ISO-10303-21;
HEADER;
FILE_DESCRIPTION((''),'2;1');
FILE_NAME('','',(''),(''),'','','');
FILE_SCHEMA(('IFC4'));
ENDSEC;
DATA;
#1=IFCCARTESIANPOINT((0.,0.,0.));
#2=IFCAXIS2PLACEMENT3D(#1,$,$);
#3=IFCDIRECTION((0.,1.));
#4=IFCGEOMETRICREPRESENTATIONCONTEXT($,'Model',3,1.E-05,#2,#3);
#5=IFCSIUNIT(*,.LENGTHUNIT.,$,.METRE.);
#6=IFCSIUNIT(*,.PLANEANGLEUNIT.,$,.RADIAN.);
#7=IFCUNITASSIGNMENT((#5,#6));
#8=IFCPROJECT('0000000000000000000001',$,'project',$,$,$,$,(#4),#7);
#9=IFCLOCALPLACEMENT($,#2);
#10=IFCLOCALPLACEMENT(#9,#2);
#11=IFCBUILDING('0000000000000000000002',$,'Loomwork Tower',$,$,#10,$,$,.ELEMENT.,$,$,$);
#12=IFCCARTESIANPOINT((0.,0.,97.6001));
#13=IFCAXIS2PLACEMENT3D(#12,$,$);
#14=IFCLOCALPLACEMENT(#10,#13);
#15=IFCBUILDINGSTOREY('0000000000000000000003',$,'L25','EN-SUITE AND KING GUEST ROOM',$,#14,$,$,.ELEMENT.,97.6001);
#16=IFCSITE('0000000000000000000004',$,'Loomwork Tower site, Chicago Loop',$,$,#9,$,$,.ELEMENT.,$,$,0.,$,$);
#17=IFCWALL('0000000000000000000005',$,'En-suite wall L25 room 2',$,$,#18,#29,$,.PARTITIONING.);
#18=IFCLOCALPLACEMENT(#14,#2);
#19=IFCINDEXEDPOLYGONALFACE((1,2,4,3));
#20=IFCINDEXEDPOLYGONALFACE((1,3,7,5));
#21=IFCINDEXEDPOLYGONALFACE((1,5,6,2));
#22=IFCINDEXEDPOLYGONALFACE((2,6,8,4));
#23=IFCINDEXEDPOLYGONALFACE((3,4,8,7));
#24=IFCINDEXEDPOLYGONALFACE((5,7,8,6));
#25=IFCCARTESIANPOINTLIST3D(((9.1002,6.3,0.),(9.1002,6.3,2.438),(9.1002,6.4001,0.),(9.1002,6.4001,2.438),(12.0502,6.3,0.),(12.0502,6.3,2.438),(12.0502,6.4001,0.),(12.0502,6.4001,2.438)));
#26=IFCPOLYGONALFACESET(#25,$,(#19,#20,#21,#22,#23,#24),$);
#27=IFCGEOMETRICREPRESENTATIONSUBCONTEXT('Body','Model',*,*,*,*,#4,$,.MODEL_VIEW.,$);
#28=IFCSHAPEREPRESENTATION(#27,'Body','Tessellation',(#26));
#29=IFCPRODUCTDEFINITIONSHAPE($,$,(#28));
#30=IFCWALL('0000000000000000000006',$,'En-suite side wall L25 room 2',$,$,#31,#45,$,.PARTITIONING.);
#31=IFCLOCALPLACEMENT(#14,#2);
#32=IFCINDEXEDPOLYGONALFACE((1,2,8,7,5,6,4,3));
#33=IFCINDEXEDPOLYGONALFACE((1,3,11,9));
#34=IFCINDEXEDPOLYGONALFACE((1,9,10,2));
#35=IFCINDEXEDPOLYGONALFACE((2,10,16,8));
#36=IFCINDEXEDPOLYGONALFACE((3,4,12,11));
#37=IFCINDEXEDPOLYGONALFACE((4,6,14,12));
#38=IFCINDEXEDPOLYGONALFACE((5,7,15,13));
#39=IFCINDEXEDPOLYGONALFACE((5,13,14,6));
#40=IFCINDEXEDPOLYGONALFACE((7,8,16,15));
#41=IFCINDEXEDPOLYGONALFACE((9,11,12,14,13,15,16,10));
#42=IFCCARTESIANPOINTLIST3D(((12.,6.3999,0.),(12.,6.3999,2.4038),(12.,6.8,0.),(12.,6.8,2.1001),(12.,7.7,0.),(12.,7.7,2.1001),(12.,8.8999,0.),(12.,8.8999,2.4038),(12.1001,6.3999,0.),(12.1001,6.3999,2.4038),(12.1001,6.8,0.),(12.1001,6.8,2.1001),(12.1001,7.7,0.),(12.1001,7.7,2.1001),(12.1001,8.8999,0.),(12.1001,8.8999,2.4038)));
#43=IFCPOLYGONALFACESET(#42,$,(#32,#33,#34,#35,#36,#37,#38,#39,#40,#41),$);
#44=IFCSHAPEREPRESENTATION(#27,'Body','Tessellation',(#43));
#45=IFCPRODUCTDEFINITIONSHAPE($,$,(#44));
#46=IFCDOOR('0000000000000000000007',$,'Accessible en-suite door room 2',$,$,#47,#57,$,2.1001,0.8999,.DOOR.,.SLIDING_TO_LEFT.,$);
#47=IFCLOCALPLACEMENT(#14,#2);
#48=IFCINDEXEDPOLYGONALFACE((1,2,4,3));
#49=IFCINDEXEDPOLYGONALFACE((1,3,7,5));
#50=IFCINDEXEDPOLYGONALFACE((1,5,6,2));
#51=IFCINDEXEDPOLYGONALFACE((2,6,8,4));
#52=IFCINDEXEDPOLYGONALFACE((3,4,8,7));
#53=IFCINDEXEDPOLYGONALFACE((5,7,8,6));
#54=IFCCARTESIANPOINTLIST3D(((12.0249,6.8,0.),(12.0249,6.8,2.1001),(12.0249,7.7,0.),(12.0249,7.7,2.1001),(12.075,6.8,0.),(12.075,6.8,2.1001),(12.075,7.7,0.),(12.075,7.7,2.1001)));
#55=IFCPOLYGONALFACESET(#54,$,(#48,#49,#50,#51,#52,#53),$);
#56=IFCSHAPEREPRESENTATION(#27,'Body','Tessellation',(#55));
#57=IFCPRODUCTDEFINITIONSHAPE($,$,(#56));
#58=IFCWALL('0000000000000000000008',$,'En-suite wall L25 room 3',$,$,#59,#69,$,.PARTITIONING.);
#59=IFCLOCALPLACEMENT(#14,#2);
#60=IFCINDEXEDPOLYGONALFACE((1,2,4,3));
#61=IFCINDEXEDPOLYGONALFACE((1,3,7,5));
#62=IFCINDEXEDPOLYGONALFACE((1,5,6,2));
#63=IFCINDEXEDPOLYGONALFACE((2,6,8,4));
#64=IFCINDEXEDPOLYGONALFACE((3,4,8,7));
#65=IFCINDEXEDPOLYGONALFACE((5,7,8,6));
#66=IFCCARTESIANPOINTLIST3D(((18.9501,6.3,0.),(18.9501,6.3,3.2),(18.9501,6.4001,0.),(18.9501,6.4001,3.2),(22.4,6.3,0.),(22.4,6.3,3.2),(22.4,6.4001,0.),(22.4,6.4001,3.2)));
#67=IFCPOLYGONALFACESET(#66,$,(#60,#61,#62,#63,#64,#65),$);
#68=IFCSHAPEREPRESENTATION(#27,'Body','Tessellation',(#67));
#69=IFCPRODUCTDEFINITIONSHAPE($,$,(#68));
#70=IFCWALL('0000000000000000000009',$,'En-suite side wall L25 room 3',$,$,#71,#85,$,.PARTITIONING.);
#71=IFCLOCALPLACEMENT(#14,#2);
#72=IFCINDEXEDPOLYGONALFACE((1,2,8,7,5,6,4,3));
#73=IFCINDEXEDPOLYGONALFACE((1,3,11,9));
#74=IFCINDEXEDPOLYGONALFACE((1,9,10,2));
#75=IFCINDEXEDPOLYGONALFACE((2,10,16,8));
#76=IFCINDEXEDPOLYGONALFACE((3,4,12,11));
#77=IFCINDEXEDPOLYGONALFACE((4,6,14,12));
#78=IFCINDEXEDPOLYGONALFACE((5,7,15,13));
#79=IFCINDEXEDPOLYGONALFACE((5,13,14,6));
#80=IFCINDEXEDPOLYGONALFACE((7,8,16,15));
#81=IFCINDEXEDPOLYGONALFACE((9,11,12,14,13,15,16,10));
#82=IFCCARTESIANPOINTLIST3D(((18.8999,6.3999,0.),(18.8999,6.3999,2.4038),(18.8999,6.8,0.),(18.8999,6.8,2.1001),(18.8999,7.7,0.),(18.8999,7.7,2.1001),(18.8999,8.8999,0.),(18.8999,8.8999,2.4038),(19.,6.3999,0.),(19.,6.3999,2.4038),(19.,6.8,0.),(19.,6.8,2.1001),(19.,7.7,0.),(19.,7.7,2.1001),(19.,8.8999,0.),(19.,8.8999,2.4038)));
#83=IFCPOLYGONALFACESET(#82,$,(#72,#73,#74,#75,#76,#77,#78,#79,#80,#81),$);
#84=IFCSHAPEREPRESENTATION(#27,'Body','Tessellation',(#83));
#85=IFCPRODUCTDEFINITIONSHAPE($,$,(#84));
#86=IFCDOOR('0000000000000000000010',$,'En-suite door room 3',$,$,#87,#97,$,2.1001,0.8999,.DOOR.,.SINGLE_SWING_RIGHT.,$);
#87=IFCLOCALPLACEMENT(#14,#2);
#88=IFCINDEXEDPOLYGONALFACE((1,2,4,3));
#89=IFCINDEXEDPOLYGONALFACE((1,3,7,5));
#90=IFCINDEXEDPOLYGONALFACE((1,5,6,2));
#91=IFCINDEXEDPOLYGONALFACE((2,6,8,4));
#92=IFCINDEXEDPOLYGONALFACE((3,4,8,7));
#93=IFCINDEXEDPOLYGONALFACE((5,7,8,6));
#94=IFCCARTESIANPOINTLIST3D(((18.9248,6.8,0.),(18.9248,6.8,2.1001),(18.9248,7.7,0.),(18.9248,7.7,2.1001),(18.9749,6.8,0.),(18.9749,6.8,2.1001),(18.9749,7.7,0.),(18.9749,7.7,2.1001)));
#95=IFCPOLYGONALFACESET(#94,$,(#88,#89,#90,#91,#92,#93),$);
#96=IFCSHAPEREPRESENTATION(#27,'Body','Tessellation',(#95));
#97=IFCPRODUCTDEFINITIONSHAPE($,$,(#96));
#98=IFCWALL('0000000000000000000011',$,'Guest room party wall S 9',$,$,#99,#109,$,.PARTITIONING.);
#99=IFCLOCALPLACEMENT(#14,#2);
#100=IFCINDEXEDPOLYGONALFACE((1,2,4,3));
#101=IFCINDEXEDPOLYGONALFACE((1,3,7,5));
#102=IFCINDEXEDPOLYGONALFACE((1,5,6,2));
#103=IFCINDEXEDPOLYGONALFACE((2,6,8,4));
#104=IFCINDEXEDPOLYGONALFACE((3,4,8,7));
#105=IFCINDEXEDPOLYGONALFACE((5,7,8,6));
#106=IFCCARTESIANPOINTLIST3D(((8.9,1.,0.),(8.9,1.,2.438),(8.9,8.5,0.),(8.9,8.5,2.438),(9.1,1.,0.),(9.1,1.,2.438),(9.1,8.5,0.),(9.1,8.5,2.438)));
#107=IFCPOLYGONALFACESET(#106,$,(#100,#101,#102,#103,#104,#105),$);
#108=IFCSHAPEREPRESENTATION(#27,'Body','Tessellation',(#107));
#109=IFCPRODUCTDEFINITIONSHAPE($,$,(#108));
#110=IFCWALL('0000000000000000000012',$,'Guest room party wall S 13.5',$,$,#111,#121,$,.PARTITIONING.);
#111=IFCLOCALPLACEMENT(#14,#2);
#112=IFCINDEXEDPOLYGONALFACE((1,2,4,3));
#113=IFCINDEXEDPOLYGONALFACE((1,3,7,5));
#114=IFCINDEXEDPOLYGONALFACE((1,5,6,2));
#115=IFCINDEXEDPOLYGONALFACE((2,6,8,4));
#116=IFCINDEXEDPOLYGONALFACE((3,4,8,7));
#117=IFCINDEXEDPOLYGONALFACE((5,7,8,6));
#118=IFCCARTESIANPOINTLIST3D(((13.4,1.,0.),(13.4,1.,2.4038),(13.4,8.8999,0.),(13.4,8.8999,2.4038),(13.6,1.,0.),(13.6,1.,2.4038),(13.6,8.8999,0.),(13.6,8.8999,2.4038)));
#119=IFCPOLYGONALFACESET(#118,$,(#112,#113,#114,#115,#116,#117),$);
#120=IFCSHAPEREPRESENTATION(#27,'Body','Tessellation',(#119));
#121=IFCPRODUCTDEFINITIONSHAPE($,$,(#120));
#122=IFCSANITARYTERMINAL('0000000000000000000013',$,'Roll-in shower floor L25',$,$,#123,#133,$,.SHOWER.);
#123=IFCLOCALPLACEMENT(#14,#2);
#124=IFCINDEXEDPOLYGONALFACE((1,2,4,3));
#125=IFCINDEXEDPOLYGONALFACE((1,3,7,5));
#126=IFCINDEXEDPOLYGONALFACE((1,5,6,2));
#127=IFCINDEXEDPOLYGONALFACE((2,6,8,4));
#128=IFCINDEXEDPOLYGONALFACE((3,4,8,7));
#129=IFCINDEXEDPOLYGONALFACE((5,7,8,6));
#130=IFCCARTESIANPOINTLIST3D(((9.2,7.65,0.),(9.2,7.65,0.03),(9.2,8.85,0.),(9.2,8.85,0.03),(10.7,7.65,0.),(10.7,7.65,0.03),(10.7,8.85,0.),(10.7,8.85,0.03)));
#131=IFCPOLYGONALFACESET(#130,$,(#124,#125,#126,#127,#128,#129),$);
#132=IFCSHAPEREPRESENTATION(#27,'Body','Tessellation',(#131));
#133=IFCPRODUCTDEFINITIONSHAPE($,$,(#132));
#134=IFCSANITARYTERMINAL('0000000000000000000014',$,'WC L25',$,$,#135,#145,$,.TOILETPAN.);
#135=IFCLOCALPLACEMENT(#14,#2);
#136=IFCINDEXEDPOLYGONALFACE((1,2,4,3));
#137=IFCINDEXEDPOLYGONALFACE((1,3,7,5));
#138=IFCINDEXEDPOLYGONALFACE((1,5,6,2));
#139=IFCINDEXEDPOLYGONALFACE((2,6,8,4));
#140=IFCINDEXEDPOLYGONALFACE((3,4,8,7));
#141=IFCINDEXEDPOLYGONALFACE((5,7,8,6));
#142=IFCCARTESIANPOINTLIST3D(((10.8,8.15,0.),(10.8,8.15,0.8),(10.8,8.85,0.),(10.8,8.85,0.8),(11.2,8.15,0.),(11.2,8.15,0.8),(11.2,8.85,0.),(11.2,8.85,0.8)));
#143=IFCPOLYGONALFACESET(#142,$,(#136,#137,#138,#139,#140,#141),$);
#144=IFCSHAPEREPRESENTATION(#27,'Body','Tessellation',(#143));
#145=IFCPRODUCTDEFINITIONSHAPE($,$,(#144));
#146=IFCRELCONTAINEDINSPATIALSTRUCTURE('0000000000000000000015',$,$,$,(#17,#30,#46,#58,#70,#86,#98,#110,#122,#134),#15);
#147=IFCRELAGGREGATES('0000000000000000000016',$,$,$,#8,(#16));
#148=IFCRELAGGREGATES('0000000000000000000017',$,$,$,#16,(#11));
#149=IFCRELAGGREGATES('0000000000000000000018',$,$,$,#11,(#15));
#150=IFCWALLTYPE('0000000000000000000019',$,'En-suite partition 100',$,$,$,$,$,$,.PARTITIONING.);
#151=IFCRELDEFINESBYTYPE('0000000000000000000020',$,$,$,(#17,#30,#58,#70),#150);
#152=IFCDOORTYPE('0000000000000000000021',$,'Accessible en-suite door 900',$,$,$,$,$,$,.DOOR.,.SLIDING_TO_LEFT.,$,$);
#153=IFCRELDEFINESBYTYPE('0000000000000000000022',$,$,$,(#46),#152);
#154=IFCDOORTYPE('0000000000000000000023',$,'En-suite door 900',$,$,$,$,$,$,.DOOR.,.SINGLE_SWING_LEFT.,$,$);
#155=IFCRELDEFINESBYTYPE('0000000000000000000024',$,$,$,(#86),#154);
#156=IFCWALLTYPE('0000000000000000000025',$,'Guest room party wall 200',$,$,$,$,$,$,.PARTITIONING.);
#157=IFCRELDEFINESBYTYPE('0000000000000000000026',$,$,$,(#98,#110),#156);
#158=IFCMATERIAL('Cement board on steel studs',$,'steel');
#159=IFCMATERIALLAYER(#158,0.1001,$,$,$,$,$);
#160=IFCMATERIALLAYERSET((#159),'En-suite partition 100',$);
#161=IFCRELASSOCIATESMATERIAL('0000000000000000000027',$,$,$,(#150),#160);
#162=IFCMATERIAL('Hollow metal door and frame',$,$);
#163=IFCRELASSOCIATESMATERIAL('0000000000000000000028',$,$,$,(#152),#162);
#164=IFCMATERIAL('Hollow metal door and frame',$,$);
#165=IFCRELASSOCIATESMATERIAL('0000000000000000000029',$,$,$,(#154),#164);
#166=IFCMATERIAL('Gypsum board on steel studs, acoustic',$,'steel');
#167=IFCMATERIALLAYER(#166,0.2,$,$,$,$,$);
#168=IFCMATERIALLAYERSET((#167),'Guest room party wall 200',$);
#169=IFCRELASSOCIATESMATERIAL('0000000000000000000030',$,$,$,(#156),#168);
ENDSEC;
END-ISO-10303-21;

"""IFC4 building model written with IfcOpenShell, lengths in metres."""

from ifc_helpers import new_model, si_unit, direction, frame, frame_2d, origin, origin_2d, place, context, subcontext, project, spatial, rectangle, extrude, material, layer, layer_set, type_object, element, fill, save


model = new_model("IFC4")

# Units and contexts
model_context = context("Model", 3, precision=1e-05, world=origin(), true_north=direction((0.0, 1.0)))
body_context = subcontext(model_context, "Body", "Model", "MODEL_VIEW")
ifc_project = project(units=[si_unit("LENGTHUNIT", "METRE"), si_unit("PLANEANGLEUNIT", "RADIAN")], contexts=[model_context])

# Site, building, storey
site_placement = place(None, origin())
site = spatial("IfcSite", under=ifc_project, at=site_placement, Name="Loomwork Tower site, Chicago Loop", CompositionType="ELEMENT", RefElevation=0.0)
building_placement = place(site_placement, origin())
building = spatial("IfcBuilding", under=site, at=building_placement, Name="Loomwork Tower", CompositionType="ELEMENT")
storey_placement = place(building_placement, frame((0.0, 0.0, 97.6001)))
storey = spatial("IfcBuildingStorey", under=building, at=storey_placement, Name="L25", Description="EN-SUITE AND KING GUEST ROOM", CompositionType="ELEMENT", Elevation=97.6001)

# Wall
ifc_material_1 = material(Name="Cement board on steel studs", Category="steel")
ifc_layer_1 = layer(ifc_material_1, 0.1001)
ifc_layer_set_1 = layer_set([ifc_layer_1], Name="En-suite partition 100")
wall_type_1 = type_object("IfcWallType", Name="En-suite partition 100", PredefinedType="PARTITIONING", material=ifc_layer_set_1)
wall_1_placement = place(storey_placement, frame((9.1001, 6.3501, 0.0), z_axis=(0.0, 0.0, 1.0), x_axis=(1.0, 0.0, 0.0)))
element("IfcWall", 1, at=wall_1_placement, inside=storey, type_object=wall_type_1, Name="En-suite wall L25 room 2", PredefinedType="PARTITIONING", context=body_context, shape_type="SweptSolid", body=[
    extrude(rectangle(XDim=2.95, YDim=0.1001, at=frame_2d((1.4751, 0.0))), origin(), (0.0, 0.0, 1.0), 2.438),
])

# Wall, opening, door
wall_2_placement = place(storey_placement, frame((12.05, 8.8999, 0.0), z_axis=(0.0, 0.0, 1.0), x_axis=(0.0, -1.0, 0.0)))
wall_2 = element("IfcWall", 2, at=wall_2_placement, inside=storey, type_object=wall_type_1, Name="En-suite side wall L25 room 2", PredefinedType="PARTITIONING", context=body_context, shape_type="SweptSolid", body=[
    extrude(rectangle(XDim=2.5, YDim=0.1001, at=frame_2d((1.25, 0.0))), origin(), (0.0, 0.0, 1.0), 2.4038),
])
opening_1_placement = place(wall_2_placement, frame((1.2, 0.0, 0.0)))
opening_1 = element("IfcOpeningElement", 3, at=opening_1_placement, cuts=wall_2, PredefinedType="OPENING", context=body_context, shape_type="SweptSolid", body=[
    extrude(rectangle(XDim=0.8999, YDim=2.1001, at=frame_2d((0.45, 1.05))), frame((0.0, 0.0601, 0.0), z_axis=(0.0, -1.0, 0.0), x_axis=(1.0, 0.0, 0.0)), (0.0, 0.0, 1.0), 0.1201),
])
ifc_material_2 = material(Name="Hollow metal door and frame")
door_type_1 = type_object("IfcDoorType", Name="Accessible en-suite door 900", OperationType="SLIDING_TO_LEFT", PredefinedType="DOOR", material=ifc_material_2)
door_1_placement = place(opening_1_placement, origin())
door_1 = element("IfcDoor", 4, at=door_1_placement, inside=storey, type_object=door_type_1, Name="Accessible en-suite door room 2", OperationType="SLIDING_TO_LEFT", OverallHeight=2.1001, OverallWidth=0.8999, PredefinedType="DOOR", context=body_context, shape_type="SweptSolid", body=[
    extrude(rectangle(XDim=0.8999, YDim=2.1001, at=frame_2d((0.45, 1.05))), frame((0.0, 0.0249, 0.0), z_axis=(0.0, -1.0, 0.0), x_axis=(1.0, 0.0, 0.0)), (0.0, 0.0, 1.0), 0.05),
])
fill(opening_1, door_1)

# Wall
wall_3_placement = place(storey_placement, frame((18.95, 6.3501, 0.0), z_axis=(0.0, 0.0, 1.0), x_axis=(1.0, 0.0, 0.0)))
element("IfcWall", 5, at=wall_3_placement, inside=storey, type_object=wall_type_1, Name="En-suite wall L25 room 3", PredefinedType="PARTITIONING", context=body_context, shape_type="SweptSolid", body=[
    extrude(rectangle(XDim=3.45, YDim=0.1001, at=frame_2d((1.7251, 0.0))), origin(), (0.0, 0.0, 1.0), 3.2),
])

# Wall, opening, door
wall_4_placement = place(storey_placement, frame((18.95, 8.8999, 0.0), z_axis=(0.0, 0.0, 1.0), x_axis=(0.0, -1.0, 0.0)))
wall_4 = element("IfcWall", 6, at=wall_4_placement, inside=storey, type_object=wall_type_1, Name="En-suite side wall L25 room 3", PredefinedType="PARTITIONING", context=body_context, shape_type="SweptSolid", body=[
    extrude(rectangle(XDim=2.5, YDim=0.1001, at=frame_2d((1.25, 0.0))), origin(), (0.0, 0.0, 1.0), 2.4038),
])
opening_2_placement = place(wall_4_placement, frame((1.2, 0.0, 0.0)))
opening_2 = element("IfcOpeningElement", 7, at=opening_2_placement, cuts=wall_4, PredefinedType="OPENING", context=body_context, shape_type="SweptSolid", body=[
    extrude(rectangle(XDim=0.8999, YDim=2.1001, at=frame_2d((0.45, 1.05))), frame((0.0, 0.0601, 0.0), z_axis=(0.0, -1.0, 0.0), x_axis=(1.0, 0.0, 0.0)), (0.0, 0.0, 1.0), 0.1201),
])
ifc_material_3 = material(Name="Hollow metal door and frame")
door_type_2 = type_object("IfcDoorType", Name="En-suite door 900", OperationType="SINGLE_SWING_LEFT", PredefinedType="DOOR", material=ifc_material_3)
door_2_placement = place(opening_2_placement, origin())
door_2 = element("IfcDoor", 8, at=door_2_placement, inside=storey, type_object=door_type_2, Name="En-suite door room 3", OperationType="SINGLE_SWING_RIGHT", OverallHeight=2.1001, OverallWidth=0.8999, PredefinedType="DOOR", context=body_context, shape_type="SweptSolid", body=[
    extrude(rectangle(XDim=0.8999, YDim=2.1001, at=frame_2d((0.45, 1.05))), frame((0.0, 0.0249, 0.0), z_axis=(0.0, -1.0, 0.0), x_axis=(1.0, 0.0, 0.0)), (0.0, 0.0, 1.0), 0.05),
])
fill(opening_2, door_2)

# Walls
ifc_material_4 = material(Name="Gypsum board on steel studs, acoustic", Category="steel")
ifc_layer_2 = layer(ifc_material_4, 0.2)
ifc_layer_set_2 = layer_set([ifc_layer_2], Name="Guest room party wall 200")
wall_type_2 = type_object("IfcWallType", Name="Guest room party wall 200", PredefinedType="PARTITIONING", material=ifc_layer_set_2)
wall_5_placement = place(storey_placement, frame((9.0, 8.5, 0.0), z_axis=(0.0, 0.0, 1.0), x_axis=(0.0, -1.0, 0.0)))
element("IfcWall", 9, at=wall_5_placement, inside=storey, type_object=wall_type_2, Name="Guest room party wall S 9", PredefinedType="PARTITIONING", context=body_context, shape_type="SweptSolid", body=[
    extrude(rectangle(XDim=7.5, YDim=0.2, at=frame_2d((3.75, 0.0))), origin(), (0.0, 0.0, 1.0), 2.438),
])
wall_6_placement = place(storey_placement, frame((13.5, 8.8999, 0.0), z_axis=(0.0, 0.0, 1.0), x_axis=(0.0, -1.0, 0.0)))
element("IfcWall", 10, at=wall_6_placement, inside=storey, type_object=wall_type_2, Name="Guest room party wall S 13.5", PredefinedType="PARTITIONING", context=body_context, shape_type="SweptSolid", body=[
    extrude(rectangle(XDim=7.8999, YDim=0.2, at=frame_2d((3.95, 0.0))), origin(), (0.0, 0.0, 1.0), 2.4038),
])

# Sanitary terminals
sanitary_terminal_1_placement = place(storey_placement, frame((9.95, 8.25, 0.0), z_axis=(0.0, 0.0, 1.0), x_axis=(1.0, 0.0, 0.0)))
element("IfcSanitaryTerminal", 11, at=sanitary_terminal_1_placement, inside=storey, Name="Roll-in shower floor L25", PredefinedType="SHOWER", context=body_context, shape_type="SweptSolid", body=[
    extrude(rectangle(XDim=1.5, YDim=1.2, at=origin_2d()), origin(), (0.0, 0.0, 1.0), 0.03),
])
sanitary_terminal_2_placement = place(storey_placement, frame((11.0, 8.5, 0.0), z_axis=(0.0, 0.0, 1.0), x_axis=(1.0, 0.0, 0.0)))
element("IfcSanitaryTerminal", 12, at=sanitary_terminal_2_placement, inside=storey, Name="WC L25", PredefinedType="TOILETPAN", context=body_context, shape_type="SweptSolid", body=[
    extrude(rectangle(XDim=0.3999, YDim=0.7, at=origin_2d()), origin(), (0.0, 0.0, 1.0), 0.8),
])

save(model, "model.ifc")
